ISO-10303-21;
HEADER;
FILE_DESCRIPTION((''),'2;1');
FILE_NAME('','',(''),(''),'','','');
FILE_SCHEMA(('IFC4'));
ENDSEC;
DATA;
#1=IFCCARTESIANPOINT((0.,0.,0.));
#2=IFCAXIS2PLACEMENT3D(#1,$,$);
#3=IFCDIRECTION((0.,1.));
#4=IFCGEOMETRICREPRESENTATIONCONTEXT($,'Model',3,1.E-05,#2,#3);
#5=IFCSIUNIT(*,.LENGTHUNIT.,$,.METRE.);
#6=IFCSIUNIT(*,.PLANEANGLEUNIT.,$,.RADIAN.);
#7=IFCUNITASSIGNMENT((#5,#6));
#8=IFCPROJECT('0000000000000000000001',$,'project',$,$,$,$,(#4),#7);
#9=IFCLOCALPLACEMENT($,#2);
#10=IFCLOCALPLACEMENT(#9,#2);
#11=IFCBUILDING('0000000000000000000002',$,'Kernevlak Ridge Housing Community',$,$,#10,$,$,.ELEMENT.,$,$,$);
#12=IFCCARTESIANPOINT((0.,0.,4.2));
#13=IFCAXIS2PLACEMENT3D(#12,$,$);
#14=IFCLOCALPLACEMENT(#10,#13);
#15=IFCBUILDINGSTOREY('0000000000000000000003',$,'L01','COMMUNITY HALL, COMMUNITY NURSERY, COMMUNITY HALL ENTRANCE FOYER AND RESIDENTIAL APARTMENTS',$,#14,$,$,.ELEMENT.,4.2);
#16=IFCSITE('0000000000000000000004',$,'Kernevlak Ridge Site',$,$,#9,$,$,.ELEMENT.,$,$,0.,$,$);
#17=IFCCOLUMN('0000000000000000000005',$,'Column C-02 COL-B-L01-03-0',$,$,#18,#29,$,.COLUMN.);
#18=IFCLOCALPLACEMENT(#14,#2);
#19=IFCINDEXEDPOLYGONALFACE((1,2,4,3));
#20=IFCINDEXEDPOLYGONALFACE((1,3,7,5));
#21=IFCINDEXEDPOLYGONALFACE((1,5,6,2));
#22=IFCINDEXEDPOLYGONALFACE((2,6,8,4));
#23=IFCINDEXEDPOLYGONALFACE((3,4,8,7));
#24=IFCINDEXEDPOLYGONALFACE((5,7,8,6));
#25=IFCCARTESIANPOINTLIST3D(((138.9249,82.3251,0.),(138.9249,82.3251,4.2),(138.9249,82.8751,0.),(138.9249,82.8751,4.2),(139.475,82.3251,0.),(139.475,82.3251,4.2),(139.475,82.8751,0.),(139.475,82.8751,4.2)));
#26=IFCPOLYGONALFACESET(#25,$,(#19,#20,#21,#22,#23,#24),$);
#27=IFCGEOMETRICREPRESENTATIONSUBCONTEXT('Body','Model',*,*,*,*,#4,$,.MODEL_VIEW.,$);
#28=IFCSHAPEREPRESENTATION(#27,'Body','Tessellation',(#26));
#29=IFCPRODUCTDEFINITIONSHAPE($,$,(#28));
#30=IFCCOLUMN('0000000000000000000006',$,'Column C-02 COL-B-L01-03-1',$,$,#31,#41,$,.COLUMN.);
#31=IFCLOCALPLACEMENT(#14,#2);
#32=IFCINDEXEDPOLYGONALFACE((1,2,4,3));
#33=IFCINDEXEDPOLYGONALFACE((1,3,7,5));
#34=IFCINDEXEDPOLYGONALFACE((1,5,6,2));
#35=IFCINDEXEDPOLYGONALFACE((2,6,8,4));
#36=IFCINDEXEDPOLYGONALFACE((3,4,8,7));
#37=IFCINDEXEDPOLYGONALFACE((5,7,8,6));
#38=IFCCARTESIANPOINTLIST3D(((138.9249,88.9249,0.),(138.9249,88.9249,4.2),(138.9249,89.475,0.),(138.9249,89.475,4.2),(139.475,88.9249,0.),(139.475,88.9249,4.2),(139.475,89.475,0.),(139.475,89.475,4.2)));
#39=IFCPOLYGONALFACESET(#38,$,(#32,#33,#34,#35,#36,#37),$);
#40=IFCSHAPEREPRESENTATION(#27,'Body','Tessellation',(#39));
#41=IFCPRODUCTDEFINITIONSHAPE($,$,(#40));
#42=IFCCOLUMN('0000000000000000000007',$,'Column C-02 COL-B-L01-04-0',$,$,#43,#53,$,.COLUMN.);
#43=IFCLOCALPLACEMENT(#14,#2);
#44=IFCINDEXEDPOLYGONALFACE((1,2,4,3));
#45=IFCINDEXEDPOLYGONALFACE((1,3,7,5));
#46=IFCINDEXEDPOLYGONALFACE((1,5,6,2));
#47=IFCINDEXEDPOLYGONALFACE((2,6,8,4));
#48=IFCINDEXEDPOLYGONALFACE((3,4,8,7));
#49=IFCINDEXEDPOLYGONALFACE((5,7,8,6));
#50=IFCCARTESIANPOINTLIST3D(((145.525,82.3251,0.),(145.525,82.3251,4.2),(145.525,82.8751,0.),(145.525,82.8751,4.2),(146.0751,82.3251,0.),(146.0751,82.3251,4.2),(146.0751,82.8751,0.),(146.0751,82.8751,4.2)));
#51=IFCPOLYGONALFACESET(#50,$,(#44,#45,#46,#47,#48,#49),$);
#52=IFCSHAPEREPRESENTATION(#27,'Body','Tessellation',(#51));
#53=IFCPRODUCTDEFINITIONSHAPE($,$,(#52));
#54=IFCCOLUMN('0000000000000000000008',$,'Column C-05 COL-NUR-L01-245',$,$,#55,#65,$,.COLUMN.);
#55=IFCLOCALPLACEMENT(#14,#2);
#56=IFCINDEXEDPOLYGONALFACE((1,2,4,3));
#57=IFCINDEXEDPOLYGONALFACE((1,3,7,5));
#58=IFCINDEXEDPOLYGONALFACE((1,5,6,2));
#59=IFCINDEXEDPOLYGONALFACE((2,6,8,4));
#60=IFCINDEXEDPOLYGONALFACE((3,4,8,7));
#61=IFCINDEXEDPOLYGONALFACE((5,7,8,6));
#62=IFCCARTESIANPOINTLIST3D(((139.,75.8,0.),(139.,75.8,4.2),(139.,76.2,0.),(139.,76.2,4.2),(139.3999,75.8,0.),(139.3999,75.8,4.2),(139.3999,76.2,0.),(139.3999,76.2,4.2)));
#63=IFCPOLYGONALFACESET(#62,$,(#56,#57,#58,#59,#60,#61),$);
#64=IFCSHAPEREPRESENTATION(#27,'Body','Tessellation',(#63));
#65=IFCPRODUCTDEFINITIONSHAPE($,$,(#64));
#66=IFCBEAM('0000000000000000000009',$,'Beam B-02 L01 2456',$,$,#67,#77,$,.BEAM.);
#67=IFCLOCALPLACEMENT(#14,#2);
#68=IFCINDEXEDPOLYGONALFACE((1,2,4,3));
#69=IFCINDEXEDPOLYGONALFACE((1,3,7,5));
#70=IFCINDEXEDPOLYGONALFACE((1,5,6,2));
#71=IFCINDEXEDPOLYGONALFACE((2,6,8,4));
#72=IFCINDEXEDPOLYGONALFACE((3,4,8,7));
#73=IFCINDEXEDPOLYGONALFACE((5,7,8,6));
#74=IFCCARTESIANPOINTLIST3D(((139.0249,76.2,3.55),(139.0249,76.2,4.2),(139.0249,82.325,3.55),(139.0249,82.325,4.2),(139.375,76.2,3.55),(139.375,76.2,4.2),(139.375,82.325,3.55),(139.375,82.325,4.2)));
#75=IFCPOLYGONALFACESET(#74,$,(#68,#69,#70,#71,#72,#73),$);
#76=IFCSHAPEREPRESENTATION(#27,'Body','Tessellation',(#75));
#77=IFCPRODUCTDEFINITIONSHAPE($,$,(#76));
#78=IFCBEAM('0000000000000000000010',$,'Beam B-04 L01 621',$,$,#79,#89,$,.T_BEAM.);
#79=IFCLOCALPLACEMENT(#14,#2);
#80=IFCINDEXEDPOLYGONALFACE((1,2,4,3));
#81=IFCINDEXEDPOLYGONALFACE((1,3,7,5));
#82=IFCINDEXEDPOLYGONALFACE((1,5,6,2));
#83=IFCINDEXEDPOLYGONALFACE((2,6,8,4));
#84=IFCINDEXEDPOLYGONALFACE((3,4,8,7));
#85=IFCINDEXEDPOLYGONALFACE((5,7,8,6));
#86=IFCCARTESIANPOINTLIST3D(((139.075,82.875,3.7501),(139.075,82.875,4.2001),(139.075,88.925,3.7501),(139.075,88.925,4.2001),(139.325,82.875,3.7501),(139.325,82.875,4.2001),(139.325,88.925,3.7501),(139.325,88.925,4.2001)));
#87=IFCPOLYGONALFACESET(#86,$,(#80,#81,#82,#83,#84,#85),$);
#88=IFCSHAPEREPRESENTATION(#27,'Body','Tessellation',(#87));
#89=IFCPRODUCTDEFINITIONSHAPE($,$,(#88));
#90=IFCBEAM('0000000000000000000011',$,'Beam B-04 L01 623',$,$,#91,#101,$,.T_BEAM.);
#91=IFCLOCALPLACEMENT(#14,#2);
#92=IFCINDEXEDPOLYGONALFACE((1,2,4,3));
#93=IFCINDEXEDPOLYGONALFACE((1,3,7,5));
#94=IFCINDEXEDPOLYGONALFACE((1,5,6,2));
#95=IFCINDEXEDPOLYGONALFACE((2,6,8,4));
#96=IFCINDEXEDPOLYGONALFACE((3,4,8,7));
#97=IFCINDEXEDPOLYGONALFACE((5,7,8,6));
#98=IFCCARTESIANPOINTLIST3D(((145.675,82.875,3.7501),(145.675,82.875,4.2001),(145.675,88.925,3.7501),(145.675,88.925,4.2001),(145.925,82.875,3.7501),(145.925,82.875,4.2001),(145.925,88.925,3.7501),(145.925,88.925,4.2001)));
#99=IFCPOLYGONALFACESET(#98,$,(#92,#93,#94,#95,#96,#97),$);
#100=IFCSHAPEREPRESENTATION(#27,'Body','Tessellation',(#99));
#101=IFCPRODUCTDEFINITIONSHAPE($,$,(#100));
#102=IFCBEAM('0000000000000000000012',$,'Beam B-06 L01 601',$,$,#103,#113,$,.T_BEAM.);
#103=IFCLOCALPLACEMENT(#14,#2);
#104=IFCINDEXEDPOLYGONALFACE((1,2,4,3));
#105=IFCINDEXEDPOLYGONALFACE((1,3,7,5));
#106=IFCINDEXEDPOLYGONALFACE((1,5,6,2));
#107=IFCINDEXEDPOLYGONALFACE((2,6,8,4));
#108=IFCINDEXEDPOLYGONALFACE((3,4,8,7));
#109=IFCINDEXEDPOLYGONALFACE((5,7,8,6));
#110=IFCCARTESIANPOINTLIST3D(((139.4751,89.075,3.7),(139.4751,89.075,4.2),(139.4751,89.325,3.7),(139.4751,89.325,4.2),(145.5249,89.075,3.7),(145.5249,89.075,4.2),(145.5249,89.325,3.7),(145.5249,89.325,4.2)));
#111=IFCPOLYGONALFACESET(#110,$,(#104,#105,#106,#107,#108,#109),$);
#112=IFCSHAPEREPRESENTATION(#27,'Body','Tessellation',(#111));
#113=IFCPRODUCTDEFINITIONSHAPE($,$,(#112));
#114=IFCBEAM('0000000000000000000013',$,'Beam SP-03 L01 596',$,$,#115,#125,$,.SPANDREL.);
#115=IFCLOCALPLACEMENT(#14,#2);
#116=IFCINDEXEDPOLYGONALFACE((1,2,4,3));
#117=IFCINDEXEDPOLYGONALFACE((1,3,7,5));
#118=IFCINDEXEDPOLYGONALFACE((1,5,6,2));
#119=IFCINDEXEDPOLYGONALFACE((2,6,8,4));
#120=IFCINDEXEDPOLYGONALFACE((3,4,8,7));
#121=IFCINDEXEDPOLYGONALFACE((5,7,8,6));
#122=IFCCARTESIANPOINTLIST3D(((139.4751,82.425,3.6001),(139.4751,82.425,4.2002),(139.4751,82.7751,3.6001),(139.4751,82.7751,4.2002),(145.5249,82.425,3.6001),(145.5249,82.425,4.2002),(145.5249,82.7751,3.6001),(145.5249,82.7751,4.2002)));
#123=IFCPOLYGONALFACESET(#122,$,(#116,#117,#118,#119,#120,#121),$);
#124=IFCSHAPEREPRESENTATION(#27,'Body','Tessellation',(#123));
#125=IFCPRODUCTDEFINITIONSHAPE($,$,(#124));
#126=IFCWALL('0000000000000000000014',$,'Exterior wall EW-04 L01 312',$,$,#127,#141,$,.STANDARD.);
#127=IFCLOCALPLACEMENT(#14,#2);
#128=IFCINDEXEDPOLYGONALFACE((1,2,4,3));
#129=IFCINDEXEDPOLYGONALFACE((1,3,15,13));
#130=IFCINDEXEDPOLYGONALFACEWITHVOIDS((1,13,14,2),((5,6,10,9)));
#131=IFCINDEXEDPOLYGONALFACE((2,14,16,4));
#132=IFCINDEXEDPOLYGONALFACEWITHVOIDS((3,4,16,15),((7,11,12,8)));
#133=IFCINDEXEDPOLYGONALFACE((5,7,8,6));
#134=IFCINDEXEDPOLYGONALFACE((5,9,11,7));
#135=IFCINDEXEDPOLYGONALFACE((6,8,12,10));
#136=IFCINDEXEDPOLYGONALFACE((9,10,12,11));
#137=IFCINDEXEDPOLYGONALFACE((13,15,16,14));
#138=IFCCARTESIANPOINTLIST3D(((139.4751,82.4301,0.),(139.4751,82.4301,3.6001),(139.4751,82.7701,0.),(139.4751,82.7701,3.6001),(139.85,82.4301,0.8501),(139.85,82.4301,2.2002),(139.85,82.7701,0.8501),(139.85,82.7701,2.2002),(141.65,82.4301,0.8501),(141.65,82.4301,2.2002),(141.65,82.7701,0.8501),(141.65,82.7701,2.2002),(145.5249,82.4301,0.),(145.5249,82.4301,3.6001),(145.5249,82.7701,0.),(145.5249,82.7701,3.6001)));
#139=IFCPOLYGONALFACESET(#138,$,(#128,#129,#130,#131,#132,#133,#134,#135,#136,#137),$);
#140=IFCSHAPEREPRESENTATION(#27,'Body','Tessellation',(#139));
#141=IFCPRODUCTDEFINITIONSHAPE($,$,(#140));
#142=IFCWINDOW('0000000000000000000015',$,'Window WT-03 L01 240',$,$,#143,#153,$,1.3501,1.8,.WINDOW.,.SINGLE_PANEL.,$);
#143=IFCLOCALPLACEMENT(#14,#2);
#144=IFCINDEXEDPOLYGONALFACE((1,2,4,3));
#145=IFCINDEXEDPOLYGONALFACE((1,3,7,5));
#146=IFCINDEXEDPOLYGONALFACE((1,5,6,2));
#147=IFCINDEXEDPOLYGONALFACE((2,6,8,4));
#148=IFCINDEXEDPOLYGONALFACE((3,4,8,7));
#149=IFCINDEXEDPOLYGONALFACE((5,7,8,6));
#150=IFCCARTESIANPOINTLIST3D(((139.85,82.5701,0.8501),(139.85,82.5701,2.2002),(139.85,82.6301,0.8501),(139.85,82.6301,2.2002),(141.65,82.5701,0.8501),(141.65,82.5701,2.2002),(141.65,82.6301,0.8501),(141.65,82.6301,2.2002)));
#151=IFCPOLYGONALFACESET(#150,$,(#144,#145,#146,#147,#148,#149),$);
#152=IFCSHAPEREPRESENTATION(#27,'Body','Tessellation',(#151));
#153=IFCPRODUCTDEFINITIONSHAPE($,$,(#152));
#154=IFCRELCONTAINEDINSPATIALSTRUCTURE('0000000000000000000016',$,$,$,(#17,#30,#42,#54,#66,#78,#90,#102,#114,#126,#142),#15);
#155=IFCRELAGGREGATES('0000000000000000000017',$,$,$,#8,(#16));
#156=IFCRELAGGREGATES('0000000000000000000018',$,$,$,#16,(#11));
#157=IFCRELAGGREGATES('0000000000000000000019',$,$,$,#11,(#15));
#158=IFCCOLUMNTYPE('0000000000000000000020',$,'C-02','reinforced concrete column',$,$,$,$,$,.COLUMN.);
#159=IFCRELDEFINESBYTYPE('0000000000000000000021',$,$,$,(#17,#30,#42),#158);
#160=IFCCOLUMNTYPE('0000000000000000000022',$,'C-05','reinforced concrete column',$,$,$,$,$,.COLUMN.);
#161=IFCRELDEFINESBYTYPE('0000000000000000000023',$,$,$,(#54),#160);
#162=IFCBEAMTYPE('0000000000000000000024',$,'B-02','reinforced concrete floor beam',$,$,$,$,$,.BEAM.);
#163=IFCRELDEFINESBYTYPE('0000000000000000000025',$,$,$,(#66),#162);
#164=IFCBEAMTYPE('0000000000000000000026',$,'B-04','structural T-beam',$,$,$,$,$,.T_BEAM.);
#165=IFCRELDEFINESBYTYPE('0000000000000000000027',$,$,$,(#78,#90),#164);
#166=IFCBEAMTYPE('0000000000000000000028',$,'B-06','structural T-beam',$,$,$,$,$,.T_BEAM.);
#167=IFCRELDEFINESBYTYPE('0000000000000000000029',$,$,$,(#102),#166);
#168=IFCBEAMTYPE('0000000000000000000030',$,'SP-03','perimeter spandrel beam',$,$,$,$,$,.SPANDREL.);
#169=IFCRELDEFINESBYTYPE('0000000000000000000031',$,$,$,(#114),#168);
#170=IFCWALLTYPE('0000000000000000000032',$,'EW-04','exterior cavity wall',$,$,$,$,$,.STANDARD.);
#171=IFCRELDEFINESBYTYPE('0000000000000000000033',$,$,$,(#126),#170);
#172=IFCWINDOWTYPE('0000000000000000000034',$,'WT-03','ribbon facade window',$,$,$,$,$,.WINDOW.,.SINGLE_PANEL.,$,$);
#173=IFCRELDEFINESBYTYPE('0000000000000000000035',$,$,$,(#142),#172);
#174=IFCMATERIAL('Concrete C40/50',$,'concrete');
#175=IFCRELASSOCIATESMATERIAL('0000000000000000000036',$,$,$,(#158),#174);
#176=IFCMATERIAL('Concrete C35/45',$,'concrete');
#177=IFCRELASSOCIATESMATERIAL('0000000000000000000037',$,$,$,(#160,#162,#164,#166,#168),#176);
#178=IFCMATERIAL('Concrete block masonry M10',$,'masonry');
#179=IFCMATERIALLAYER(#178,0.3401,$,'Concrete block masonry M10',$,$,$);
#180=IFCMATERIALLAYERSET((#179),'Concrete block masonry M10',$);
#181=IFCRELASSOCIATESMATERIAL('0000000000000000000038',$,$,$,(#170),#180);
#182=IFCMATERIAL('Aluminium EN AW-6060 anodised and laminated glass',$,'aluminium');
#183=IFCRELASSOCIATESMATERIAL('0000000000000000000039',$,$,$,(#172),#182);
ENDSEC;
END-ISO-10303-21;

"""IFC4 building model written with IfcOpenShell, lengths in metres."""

from ifc_helpers import new_model, si_unit, direction, frame, frame_2d, origin, origin_2d, place, context, subcontext, project, spatial, rectangle, extrude, material, layer, layer_set, material_profile, profile_set, type_object, element, fill, save


model = new_model("IFC4")

# Units and contexts
model_context = context("Model", 3, precision=1e-05, world=origin(), true_north=direction((0.0, 1.0)))
body_context = subcontext(model_context, "Body", "Model", "MODEL_VIEW")
ifc_project = project(units=[si_unit("LENGTHUNIT", "METRE"), si_unit("PLANEANGLEUNIT", "RADIAN")], contexts=[model_context])

# Site, building, storey
site_placement = place(None, origin())
site = spatial("IfcSite", under=ifc_project, at=site_placement, Name="Kernevlak Ridge Site", CompositionType="ELEMENT", RefElevation=0.0)
building_placement = place(site_placement, origin())
building = spatial("IfcBuilding", under=site, at=building_placement, Name="Kernevlak Ridge Housing Community", CompositionType="ELEMENT")
storey_placement = place(building_placement, frame((0.0, 0.0, 4.2)))
storey = spatial("IfcBuildingStorey", under=building, at=storey_placement, Name="L01", Description="COMMUNITY HALL, COMMUNITY NURSERY, COMMUNITY HALL ENTRANCE FOYER AND RESIDENTIAL APARTMENTS", CompositionType="ELEMENT", Elevation=4.2)

# Columns
ifc_material_1 = material(Name="Concrete C40/50", Category="concrete")
ifc_material_profile_1 = material_profile(ifc_material_1, rectangle(XDim=0.55, YDim=0.55, at=origin_2d()), Name="RC 550x550")
ifc_profile_set_1 = profile_set([ifc_material_profile_1], Name="Concrete C40/50")
column_type_1 = type_object("IfcColumnType", Name="C-02", Description="reinforced concrete column", PredefinedType="COLUMN", material=ifc_profile_set_1)
for number, where, z_axis, x_axis, name in (
    (1, (139.2, 82.6001, 0.0), (0.0, 0.0, 1.0), (1.0, 0.0, 0.0), "Column C-02 COL-B-L01-03-0"),
    (2, (139.2, 89.2, 0.0), (0.0, 0.0, 1.0), (1.0, 0.0, 0.0), "Column C-02 COL-B-L01-03-1"),
    (3, (145.8, 82.6001, 0.0), (0.0, 0.0, 1.0), (1.0, 0.0, 0.0), "Column C-02 COL-B-L01-04-0"),
):
    element("IfcColumn", number, at=place(storey_placement, frame(where, z_axis=z_axis, x_axis=x_axis)), inside=storey, type_object=column_type_1, Name=name, PredefinedType="COLUMN", context=body_context, shape_type="SweptSolid", body=[
        extrude(rectangle(XDim=0.55, YDim=0.55, at=origin_2d()), origin(), (0.0, 0.0, 1.0), 4.2),
    ])
ifc_material_2 = material(Name="Concrete C35/45", Category="concrete")
ifc_material_profile_2 = material_profile(ifc_material_2, rectangle(XDim=0.3999, YDim=0.3999, at=origin_2d()), Name="RC 400x400")
ifc_profile_set_2 = profile_set([ifc_material_profile_2], Name="Concrete C35/45")
column_type_2 = type_object("IfcColumnType", Name="C-05", Description="reinforced concrete column", PredefinedType="COLUMN", material=ifc_profile_set_2)
column_placement = place(storey_placement, frame((139.2, 76.0, 0.0), z_axis=(0.0, 0.0, 1.0), x_axis=(1.0, 0.0, 0.0)))
element("IfcColumn", 4, at=column_placement, inside=storey, type_object=column_type_2, Name="Column C-05 COL-NUR-L01-245", PredefinedType="COLUMN", context=body_context, shape_type="SweptSolid", body=[
    extrude(rectangle(XDim=0.3999, YDim=0.3999, at=origin_2d()), origin(), (0.0, 0.0, 1.0), 4.2),
])

# Beams
ifc_material_profile_3 = material_profile(ifc_material_2, rectangle(XDim=0.3501, YDim=0.6499, at=origin_2d()), Name="RC 350x650")
ifc_profile_set_3 = profile_set([ifc_material_profile_3], Name="Concrete C35/45")
beam_type_1 = type_object("IfcBeamType", Name="B-02", Description="reinforced concrete floor beam", PredefinedType="BEAM", material=ifc_profile_set_3)
beam_1_placement = place(storey_placement, frame((139.2, 76.2, 3.875), z_axis=(0.0, 1.0, 0.0), x_axis=(-1.0, 0.0, 0.0)))
element("IfcBeam", 5, at=beam_1_placement, inside=storey, type_object=beam_type_1, Name="Beam B-02 L01 2456", PredefinedType="BEAM", context=body_context, shape_type="SweptSolid", body=[
    extrude(rectangle(XDim=0.3501, YDim=0.6499, at=origin_2d()), origin(), (0.0, 0.0, 1.0), 6.125),
])
ifc_material_profile_4 = material_profile(ifc_material_2, rectangle(XDim=0.25, YDim=0.45, at=origin_2d()), Name="RC 250x450")
ifc_profile_set_4 = profile_set([ifc_material_profile_4], Name="Concrete C35/45")
beam_type_2 = type_object("IfcBeamType", Name="B-04", Description="structural T-beam", PredefinedType="T_BEAM", material=ifc_profile_set_4)
for number, where, z_axis, x_axis, name in (
    (6, (139.2, 82.875, 3.9751), (0.0, 1.0, 0.0), (-1.0, 0.0, 0.0), "Beam B-04 L01 621"),
    (7, (145.8, 82.875, 3.9751), (0.0, 1.0, 0.0), (-1.0, 0.0, 0.0), "Beam B-04 L01 623"),
):
    element("IfcBeam", number, at=place(storey_placement, frame(where, z_axis=z_axis, x_axis=x_axis)), inside=storey, type_object=beam_type_2, Name=name, PredefinedType="T_BEAM", context=body_context, shape_type="SweptSolid", body=[
        extrude(rectangle(XDim=0.25, YDim=0.45, at=origin_2d()), origin(), (0.0, 0.0, 1.0), 6.05),
    ])
ifc_material_profile_5 = material_profile(ifc_material_2, rectangle(XDim=0.25, YDim=0.5, at=origin_2d()), Name="RC 250x500")
ifc_profile_set_5 = profile_set([ifc_material_profile_5], Name="Concrete C35/45")
beam_type_3 = type_object("IfcBeamType", Name="B-06", Description="structural T-beam", PredefinedType="T_BEAM", material=ifc_profile_set_5)
beam_2_placement = place(storey_placement, frame((139.4751, 89.2, 3.95), z_axis=(1.0, 0.0, 0.0), x_axis=(0.0, 1.0, 0.0)))
element("IfcBeam", 8, at=beam_2_placement, inside=storey, type_object=beam_type_3, Name="Beam B-06 L01 601", PredefinedType="T_BEAM", context=body_context, shape_type="SweptSolid", body=[
    extrude(rectangle(XDim=0.25, YDim=0.5, at=origin_2d()), origin(), (0.0, 0.0, 1.0), 6.0498),
])
ifc_material_profile_6 = material_profile(ifc_material_2, rectangle(XDim=0.3501, YDim=0.6001, at=origin_2d()), Name="RC 350x600")
ifc_profile_set_6 = profile_set([ifc_material_profile_6], Name="Concrete C35/45")
beam_type_4 = type_object("IfcBeamType", Name="SP-03", Description="perimeter spandrel beam", PredefinedType="SPANDREL", material=ifc_profile_set_6)
beam_3_placement = place(storey_placement, frame((139.4751, 82.6001, 3.9001), z_axis=(1.0, 0.0, 0.0), x_axis=(0.0, 1.0, 0.0)))
element("IfcBeam", 9, at=beam_3_placement, inside=storey, type_object=beam_type_4, Name="Beam SP-03 L01 596", PredefinedType="SPANDREL", context=body_context, shape_type="SweptSolid", body=[
    extrude(rectangle(XDim=0.3501, YDim=0.6001, at=origin_2d()), origin(), (0.0, 0.0, 1.0), 6.0498),
])

# Wall, opening, window
ifc_material_3 = material(Name="Concrete block masonry M10", Category="masonry")
ifc_layer_1 = layer(ifc_material_3, 0.3401, Name="Concrete block masonry M10")
ifc_layer_set_1 = layer_set([ifc_layer_1], Name="Concrete block masonry M10")
wall_type_1 = type_object("IfcWallType", Name="EW-04", Description="exterior cavity wall", PredefinedType="STANDARD", material=ifc_layer_set_1)
wall_1_placement = place(storey_placement, frame((139.4751, 82.6001, 0.0), z_axis=(0.0, 0.0, 1.0), x_axis=(1.0, 0.0, 0.0)))
wall_1 = element("IfcWall", 10, at=wall_1_placement, inside=storey, type_object=wall_type_1, Name="Exterior wall EW-04 L01 312", PredefinedType="STANDARD", context=body_context, shape_type="SweptSolid", body=[
    extrude(rectangle(XDim=6.0498, YDim=0.3401, at=frame_2d((3.0249, 0.0))), origin(), (0.0, 0.0, 1.0), 3.6001),
])
opening_1_placement = place(wall_1_placement, frame((0.375, 0.0, 0.8501)))
opening_1 = element("IfcOpeningElement", 11, at=opening_1_placement, cuts=wall_1, PredefinedType="OPENING", context=body_context, shape_type="SweptSolid", body=[
    extrude(rectangle(XDim=1.8, YDim=1.3501, at=frame_2d((0.8999, 0.675))), frame((0.0, 0.1799, 0.0), z_axis=(0.0, -1.0, 0.0), x_axis=(1.0, 0.0, 0.0)), (0.0, 0.0, 1.0), 0.3601),
])
ifc_material_4 = material(Name="Aluminium EN AW-6060 anodised and laminated glass", Category="aluminium")
window_type = type_object("IfcWindowType", Name="WT-03", Description="ribbon facade window", PartitioningType="SINGLE_PANEL", PredefinedType="WINDOW", material=ifc_material_4)
window_placement = place(opening_1_placement, origin())
window = element("IfcWindow", 12, at=window_placement, inside=storey, type_object=window_type, Name="Window WT-03 L01 240", OverallHeight=1.3501, OverallWidth=1.8, PartitioningType="SINGLE_PANEL", PredefinedType="WINDOW", context=body_context, shape_type="SweptSolid", body=[
    extrude(rectangle(XDim=1.8, YDim=1.3501, at=frame_2d((0.8999, 0.675))), frame((0.0, 0.03, 0.0), z_axis=(0.0, -1.0, 0.0), x_axis=(1.0, 0.0, 0.0)), (0.0, 0.0, 1.0), 0.0601),
])
fill(opening_1, window)

save(model, "model.ifc")
